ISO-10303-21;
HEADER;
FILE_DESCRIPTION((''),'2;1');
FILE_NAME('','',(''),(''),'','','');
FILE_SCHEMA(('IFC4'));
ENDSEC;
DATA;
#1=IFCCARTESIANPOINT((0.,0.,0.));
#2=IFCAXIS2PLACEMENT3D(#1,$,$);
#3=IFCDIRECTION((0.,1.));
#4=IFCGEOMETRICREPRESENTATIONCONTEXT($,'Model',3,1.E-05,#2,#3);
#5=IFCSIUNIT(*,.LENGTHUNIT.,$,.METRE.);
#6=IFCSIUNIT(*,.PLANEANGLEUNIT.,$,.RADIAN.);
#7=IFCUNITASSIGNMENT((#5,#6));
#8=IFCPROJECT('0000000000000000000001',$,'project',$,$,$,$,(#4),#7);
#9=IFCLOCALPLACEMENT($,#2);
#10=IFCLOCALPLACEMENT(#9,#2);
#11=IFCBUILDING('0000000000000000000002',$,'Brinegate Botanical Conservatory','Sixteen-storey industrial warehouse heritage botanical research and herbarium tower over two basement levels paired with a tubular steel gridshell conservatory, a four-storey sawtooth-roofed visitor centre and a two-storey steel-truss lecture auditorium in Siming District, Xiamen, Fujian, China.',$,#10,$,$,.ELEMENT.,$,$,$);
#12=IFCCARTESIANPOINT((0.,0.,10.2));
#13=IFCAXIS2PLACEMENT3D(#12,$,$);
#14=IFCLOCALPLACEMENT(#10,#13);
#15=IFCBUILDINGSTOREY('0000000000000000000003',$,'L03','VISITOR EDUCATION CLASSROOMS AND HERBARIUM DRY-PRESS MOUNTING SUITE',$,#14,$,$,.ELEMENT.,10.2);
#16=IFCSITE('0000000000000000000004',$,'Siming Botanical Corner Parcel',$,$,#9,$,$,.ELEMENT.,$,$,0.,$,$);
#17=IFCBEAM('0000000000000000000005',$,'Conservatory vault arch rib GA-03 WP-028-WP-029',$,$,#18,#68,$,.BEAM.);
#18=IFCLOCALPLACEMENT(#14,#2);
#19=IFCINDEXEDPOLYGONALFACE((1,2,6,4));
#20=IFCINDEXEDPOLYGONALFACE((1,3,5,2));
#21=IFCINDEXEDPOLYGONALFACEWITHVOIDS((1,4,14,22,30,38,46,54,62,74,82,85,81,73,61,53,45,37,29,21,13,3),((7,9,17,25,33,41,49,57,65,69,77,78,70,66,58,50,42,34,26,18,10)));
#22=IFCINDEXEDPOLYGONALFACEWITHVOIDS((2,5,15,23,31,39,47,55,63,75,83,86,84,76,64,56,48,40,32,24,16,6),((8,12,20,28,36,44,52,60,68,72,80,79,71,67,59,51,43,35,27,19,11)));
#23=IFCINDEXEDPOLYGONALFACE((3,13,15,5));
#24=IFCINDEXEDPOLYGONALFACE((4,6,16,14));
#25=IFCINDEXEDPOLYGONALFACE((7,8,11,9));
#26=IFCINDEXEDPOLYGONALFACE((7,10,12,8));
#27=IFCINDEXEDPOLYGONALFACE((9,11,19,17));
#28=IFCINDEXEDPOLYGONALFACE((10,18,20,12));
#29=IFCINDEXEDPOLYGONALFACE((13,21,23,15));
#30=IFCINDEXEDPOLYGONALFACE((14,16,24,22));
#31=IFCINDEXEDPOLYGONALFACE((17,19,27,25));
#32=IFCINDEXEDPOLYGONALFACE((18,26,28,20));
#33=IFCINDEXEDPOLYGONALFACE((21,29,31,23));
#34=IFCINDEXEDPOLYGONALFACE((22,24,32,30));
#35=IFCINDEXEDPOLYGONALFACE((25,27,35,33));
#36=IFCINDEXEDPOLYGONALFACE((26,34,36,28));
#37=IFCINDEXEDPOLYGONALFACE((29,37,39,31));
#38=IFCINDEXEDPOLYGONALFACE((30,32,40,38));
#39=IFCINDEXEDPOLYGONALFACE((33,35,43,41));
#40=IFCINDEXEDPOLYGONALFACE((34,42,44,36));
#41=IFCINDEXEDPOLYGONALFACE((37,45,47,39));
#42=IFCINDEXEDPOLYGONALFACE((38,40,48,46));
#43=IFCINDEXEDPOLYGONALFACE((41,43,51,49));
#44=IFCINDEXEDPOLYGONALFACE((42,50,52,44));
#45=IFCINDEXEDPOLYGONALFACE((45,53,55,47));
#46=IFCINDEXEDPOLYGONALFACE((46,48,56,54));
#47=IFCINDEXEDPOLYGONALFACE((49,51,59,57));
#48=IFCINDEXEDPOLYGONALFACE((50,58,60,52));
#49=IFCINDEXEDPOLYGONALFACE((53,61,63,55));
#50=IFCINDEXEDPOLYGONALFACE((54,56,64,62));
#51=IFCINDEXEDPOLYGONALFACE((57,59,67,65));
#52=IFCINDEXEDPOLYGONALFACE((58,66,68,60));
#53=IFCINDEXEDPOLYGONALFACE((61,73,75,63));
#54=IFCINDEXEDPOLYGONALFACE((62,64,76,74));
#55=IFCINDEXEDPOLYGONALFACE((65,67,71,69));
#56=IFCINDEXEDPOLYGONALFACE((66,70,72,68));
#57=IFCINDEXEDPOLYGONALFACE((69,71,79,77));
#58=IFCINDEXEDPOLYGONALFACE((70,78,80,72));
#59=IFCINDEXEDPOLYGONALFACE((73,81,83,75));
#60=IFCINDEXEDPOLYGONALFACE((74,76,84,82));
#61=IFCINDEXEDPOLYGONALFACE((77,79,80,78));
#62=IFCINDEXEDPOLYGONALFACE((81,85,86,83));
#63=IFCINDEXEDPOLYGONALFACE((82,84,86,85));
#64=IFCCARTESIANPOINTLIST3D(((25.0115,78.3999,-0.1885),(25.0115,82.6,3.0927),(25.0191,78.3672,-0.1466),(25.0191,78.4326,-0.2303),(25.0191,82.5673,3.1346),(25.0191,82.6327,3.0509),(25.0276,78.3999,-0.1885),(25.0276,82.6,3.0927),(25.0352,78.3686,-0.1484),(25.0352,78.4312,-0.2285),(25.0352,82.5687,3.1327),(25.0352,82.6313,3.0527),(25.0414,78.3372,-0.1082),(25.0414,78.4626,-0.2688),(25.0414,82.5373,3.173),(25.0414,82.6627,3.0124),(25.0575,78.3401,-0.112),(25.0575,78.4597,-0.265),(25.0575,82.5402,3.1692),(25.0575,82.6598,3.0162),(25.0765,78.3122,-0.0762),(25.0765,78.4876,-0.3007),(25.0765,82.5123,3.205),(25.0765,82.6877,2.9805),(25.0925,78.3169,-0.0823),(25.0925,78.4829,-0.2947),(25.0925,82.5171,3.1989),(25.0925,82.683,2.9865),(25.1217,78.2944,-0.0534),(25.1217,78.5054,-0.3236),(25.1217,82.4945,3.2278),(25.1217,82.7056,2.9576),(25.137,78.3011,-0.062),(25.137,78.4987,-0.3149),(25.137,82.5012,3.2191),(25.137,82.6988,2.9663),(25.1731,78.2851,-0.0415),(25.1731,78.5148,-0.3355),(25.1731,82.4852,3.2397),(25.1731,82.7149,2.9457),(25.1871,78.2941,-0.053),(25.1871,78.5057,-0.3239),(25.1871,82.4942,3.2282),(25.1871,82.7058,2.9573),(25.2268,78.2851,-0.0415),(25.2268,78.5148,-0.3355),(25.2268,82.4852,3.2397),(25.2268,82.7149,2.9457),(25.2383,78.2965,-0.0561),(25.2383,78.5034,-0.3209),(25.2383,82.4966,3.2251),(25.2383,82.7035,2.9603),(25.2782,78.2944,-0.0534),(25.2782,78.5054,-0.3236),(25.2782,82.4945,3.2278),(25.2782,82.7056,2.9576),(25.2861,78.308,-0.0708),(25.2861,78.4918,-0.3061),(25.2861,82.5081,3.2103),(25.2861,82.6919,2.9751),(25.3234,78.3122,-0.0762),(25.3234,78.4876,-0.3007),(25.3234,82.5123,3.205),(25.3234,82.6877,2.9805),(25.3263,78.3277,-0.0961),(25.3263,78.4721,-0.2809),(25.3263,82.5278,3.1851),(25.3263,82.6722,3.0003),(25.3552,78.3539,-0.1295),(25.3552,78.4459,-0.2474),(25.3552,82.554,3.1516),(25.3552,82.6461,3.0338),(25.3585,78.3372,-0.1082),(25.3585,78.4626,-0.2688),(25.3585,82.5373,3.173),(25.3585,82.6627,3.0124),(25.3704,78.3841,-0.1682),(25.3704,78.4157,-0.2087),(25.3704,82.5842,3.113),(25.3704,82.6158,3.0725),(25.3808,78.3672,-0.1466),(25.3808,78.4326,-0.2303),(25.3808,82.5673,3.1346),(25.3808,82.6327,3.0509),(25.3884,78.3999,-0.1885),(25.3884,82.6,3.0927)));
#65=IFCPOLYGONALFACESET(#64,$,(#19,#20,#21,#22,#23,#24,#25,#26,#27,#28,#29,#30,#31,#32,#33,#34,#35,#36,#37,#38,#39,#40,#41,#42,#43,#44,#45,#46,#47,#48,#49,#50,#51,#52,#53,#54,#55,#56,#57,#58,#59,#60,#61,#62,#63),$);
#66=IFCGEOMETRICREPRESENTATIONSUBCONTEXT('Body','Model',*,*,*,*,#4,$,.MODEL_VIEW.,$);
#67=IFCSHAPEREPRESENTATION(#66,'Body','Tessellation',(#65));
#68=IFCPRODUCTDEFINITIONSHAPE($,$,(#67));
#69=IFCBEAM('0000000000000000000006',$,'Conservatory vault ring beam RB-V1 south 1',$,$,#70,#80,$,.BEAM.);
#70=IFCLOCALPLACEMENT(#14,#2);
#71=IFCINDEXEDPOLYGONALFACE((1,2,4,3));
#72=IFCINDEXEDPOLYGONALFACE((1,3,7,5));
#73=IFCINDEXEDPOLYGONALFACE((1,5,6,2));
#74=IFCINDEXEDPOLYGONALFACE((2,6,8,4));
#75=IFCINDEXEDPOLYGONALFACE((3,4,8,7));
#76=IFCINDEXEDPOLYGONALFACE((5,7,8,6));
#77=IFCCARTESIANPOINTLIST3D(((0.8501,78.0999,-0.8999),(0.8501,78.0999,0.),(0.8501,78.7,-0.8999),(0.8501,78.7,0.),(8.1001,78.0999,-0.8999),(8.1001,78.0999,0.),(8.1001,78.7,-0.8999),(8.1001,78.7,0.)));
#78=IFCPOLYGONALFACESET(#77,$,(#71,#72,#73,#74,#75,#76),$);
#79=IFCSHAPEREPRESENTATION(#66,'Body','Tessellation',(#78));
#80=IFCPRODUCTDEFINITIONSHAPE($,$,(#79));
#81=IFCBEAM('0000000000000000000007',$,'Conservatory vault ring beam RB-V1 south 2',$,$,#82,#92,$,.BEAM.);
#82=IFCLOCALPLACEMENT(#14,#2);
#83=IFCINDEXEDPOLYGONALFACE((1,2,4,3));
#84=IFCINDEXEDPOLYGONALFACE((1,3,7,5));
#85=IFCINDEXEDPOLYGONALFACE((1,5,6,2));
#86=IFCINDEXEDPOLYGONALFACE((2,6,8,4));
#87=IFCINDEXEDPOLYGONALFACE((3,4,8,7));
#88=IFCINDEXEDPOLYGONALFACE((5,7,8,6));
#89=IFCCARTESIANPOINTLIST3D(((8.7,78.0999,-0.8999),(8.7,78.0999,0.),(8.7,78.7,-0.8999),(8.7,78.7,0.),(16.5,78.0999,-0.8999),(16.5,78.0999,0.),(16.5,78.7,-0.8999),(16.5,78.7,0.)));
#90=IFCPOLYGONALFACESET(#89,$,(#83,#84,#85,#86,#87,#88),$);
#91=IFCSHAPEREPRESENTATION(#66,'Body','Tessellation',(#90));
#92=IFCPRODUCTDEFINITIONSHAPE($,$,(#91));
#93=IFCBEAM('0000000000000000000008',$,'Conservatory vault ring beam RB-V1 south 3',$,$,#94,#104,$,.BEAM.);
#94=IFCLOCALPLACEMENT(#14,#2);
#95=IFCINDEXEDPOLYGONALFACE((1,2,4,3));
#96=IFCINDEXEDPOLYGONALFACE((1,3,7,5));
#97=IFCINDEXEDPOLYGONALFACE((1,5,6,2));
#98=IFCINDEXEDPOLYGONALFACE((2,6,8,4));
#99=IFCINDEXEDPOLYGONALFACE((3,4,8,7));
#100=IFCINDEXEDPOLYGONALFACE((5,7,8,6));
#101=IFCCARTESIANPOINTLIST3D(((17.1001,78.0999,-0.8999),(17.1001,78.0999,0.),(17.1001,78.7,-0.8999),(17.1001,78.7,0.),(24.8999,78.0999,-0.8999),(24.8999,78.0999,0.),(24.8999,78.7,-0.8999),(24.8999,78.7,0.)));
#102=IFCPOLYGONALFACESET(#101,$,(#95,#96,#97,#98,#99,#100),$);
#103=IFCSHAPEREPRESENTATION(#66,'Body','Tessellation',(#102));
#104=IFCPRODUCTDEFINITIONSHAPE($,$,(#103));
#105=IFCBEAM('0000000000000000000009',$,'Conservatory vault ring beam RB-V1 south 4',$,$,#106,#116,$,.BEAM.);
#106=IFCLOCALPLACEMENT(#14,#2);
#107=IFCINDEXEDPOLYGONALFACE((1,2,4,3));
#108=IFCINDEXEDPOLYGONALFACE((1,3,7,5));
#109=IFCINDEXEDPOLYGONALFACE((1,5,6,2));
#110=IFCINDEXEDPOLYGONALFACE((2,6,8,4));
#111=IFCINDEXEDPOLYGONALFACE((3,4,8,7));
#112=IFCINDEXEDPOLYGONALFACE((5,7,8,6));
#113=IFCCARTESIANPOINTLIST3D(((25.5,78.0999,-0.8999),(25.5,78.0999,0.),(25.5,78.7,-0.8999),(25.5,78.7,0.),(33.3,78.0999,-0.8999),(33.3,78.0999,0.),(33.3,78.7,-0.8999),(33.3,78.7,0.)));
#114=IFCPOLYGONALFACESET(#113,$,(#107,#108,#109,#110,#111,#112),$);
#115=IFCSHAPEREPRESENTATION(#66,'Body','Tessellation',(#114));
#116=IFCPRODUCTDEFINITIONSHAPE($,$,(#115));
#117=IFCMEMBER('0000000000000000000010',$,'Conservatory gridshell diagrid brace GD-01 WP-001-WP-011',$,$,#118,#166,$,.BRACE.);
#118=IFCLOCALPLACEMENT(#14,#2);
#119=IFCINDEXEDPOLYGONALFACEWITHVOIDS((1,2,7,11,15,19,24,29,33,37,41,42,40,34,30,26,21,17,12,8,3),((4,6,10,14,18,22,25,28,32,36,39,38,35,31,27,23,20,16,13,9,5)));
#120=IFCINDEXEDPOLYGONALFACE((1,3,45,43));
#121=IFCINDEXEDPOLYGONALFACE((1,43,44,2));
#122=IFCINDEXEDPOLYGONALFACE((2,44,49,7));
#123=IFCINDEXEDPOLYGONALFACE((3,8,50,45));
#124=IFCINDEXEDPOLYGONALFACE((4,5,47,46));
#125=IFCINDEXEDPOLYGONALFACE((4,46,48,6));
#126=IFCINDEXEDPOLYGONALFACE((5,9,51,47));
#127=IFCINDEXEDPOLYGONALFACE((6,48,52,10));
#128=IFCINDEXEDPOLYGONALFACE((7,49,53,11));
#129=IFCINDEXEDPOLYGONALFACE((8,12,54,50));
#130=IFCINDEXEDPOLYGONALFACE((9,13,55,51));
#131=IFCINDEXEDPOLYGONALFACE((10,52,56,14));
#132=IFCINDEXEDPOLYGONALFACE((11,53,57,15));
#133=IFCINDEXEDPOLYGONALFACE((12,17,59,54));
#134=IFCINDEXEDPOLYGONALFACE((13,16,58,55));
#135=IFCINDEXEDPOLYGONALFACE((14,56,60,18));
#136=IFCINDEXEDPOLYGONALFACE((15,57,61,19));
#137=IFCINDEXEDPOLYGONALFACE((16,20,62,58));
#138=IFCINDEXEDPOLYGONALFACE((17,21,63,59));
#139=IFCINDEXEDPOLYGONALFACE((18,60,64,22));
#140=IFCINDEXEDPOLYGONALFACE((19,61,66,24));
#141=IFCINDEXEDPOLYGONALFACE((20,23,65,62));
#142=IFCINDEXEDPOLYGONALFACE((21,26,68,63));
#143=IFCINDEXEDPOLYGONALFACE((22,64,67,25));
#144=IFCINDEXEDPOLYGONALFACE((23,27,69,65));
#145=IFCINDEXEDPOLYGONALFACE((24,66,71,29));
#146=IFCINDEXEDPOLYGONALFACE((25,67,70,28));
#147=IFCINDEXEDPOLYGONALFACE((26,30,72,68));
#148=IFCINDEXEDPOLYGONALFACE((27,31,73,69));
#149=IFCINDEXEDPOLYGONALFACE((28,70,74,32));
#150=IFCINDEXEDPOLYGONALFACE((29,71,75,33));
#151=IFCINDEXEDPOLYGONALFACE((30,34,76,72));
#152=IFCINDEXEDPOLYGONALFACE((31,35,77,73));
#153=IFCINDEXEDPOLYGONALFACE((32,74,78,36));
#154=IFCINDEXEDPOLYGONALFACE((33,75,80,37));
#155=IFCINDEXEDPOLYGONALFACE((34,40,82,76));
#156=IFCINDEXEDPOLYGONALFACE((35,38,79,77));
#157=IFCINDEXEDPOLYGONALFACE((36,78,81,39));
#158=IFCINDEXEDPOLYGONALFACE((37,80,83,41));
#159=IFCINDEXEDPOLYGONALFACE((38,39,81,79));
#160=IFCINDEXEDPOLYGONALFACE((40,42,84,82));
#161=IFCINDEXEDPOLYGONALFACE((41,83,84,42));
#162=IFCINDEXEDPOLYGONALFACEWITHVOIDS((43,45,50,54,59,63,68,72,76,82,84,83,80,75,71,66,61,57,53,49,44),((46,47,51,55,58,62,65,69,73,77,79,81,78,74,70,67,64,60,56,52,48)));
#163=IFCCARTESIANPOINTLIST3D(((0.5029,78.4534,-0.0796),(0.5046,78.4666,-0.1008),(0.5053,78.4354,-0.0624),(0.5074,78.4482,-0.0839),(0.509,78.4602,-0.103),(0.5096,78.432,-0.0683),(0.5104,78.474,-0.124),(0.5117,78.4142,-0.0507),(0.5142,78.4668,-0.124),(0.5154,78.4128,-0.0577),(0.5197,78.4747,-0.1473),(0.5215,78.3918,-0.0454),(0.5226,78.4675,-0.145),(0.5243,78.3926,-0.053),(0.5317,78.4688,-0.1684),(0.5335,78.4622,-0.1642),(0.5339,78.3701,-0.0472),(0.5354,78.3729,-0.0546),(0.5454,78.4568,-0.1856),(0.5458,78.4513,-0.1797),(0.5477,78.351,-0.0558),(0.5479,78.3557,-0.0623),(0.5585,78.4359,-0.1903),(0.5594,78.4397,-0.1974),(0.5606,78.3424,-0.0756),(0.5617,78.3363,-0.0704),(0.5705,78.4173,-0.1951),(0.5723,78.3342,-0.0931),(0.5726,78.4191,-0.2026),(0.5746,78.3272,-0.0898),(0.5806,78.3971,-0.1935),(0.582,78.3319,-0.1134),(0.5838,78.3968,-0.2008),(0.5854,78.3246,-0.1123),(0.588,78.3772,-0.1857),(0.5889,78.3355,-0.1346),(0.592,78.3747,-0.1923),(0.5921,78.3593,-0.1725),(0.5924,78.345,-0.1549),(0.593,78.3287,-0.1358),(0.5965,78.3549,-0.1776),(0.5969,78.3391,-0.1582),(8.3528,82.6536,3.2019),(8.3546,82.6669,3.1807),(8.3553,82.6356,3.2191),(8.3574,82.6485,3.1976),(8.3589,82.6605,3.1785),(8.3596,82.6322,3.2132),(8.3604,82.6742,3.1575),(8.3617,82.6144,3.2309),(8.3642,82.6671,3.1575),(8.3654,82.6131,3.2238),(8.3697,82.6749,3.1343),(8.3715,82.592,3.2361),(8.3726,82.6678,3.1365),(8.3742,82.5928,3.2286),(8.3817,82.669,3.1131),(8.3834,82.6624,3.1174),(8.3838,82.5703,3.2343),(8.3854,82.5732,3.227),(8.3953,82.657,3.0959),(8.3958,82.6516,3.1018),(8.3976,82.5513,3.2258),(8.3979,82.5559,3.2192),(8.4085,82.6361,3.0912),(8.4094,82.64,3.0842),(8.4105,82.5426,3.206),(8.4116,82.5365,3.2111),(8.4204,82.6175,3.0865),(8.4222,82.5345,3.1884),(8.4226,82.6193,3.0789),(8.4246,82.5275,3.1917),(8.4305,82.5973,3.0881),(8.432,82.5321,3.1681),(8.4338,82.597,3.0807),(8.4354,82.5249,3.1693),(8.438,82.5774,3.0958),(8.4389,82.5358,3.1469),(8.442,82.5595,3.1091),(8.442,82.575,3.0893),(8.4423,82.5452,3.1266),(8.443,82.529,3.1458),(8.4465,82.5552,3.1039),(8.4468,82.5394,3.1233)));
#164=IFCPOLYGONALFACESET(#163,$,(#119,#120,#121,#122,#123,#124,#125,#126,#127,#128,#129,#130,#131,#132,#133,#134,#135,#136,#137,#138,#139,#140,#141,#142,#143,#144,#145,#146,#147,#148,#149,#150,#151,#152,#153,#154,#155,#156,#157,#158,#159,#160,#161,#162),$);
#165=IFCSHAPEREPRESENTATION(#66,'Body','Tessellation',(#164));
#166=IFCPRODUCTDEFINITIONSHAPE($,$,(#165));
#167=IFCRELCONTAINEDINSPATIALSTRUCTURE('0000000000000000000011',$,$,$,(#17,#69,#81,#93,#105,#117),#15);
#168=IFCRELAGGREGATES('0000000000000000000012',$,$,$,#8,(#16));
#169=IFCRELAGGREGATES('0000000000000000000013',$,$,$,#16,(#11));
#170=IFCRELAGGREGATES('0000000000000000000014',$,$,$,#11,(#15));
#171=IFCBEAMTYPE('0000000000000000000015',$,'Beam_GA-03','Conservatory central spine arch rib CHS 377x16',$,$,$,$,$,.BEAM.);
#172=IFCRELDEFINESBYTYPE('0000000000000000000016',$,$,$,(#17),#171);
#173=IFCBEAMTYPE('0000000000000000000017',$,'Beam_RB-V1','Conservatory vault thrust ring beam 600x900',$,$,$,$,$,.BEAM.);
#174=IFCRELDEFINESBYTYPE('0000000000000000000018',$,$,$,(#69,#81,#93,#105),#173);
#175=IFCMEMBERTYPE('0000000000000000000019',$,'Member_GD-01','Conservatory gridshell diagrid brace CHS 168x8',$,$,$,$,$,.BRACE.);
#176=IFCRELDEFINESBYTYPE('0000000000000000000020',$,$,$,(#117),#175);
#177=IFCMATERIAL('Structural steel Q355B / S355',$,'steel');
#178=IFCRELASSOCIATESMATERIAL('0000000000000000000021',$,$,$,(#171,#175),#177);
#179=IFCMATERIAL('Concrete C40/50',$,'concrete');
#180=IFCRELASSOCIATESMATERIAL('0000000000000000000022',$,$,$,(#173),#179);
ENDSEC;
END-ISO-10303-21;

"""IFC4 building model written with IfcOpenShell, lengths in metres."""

from ifc_helpers import new_model, si_unit, direction, frame, origin, origin_2d, place, context, subcontext, project, spatial, rectangle, hollow_circle, extrude, material, material_profile, profile_set, type_object, element, save


model = new_model("IFC4")

# Units and contexts
model_context = context("Model", 3, precision=1e-05, world=origin(), true_north=direction((0.0, 1.0)))
body_context = subcontext(model_context, "Body", "Model", "MODEL_VIEW")
ifc_project = project(units=[si_unit("LENGTHUNIT", "METRE"), si_unit("PLANEANGLEUNIT", "RADIAN")], contexts=[model_context])

# Site, building, storey
site_placement = place(None, origin())
site = spatial("IfcSite", under=ifc_project, at=site_placement, Name="Siming Botanical Corner Parcel", CompositionType="ELEMENT", RefElevation=0.0)
building_placement = place(site_placement, origin())
building = spatial("IfcBuilding", under=site, at=building_placement, Name="Brinegate Botanical Conservatory", Description="Sixteen-storey industrial warehouse heritage botanical research and herbarium tower over two basement levels paired with a tubular steel gridshell conservatory, a four-storey sawtooth-roofed visitor centre and a two-storey steel-truss lecture auditorium in Siming District, Xiamen, Fujian, China.", CompositionType="ELEMENT")
storey_placement = place(building_placement, frame((0.0, 0.0, 10.2)))
storey = spatial("IfcBuildingStorey", under=building, at=storey_placement, Name="L03", Description="VISITOR EDUCATION CLASSROOMS AND HERBARIUM DRY-PRESS MOUNTING SUITE", CompositionType="ELEMENT", Elevation=10.2)

# Beams
ifc_material_1 = material(Name="Structural steel Q355B / S355", Category="steel")
ifc_material_profile_1 = material_profile(ifc_material_1, hollow_circle(Radius=0.1885, WallThickness=0.0161, at=origin_2d()), Name="CHS 377x16")
ifc_profile_set_1 = profile_set([ifc_material_profile_1], Name="Structural steel Q355B / S355")
beam_type_1 = type_object("IfcBeamType", Name="Beam_GA-03", Description="Conservatory central spine arch rib CHS 377x16", PredefinedType="BEAM", material=ifc_profile_set_1)
for number, where, z_axis, x_axis, name in (
    (1, (25.2, 78.3999, -0.1885), (0.0, 0.788038, 0.615626), (-1.0, 0.0, 0.0), "Conservatory vault arch rib GA-03 WP-028-WP-029"),
):
    element("IfcBeam", number, at=place(storey_placement, frame(where, z_axis=z_axis, x_axis=x_axis)), inside=storey, type_object=beam_type_1, Name=name, PredefinedType="BEAM", context=body_context, shape_type="SweptSolid", body=[
        extrude(hollow_circle(Radius=0.1885, WallThickness=0.0161, at=origin_2d()), origin(), (0.0, 0.0, 1.0), 5.3298),
    ])
ifc_material_2 = material(Name="Concrete C40/50", Category="concrete")
ifc_material_profile_2 = material_profile(ifc_material_2, rectangle(XDim=0.6001, YDim=0.8999, at=origin_2d()), Name="RC RB 600x900")
ifc_profile_set_2 = profile_set([ifc_material_profile_2], Name="Concrete C40/50")
beam_type_2 = type_object("IfcBeamType", Name="Beam_RB-V1", Description="Conservatory vault thrust ring beam 600x900", PredefinedType="BEAM", material=ifc_profile_set_2)
beam_1_placement = place(storey_placement, frame((0.8501, 78.3999, -0.45), z_axis=(1.0, 0.0, 0.0), x_axis=(0.0, 1.0, 0.0)))
element("IfcBeam", 2, at=beam_1_placement, inside=storey, type_object=beam_type_2, Name="Conservatory vault ring beam RB-V1 south 1", PredefinedType="BEAM", context=body_context, shape_type="SweptSolid", body=[
    extrude(rectangle(XDim=0.6001, YDim=0.8999, at=origin_2d()), origin(), (0.0, 0.0, 1.0), 7.25),
])
beam_2_placement = place(storey_placement, frame((8.7, 78.3999, -0.45), z_axis=(1.0, 0.0, 0.0), x_axis=(0.0, 1.0, 0.0)))
element("IfcBeam", 3, at=beam_2_placement, inside=storey, type_object=beam_type_2, Name="Conservatory vault ring beam RB-V1 south 2", PredefinedType="BEAM", context=body_context, shape_type="SweptSolid", body=[
    extrude(rectangle(XDim=0.6001, YDim=0.8999, at=origin_2d()), origin(), (0.0, 0.0, 1.0), 7.8),
])
beam_3_placement = place(storey_placement, frame((17.1001, 78.3999, -0.45), z_axis=(1.0, 0.0, 0.0), x_axis=(0.0, 1.0, 0.0)))
element("IfcBeam", 4, at=beam_3_placement, inside=storey, type_object=beam_type_2, Name="Conservatory vault ring beam RB-V1 south 3", PredefinedType="BEAM", context=body_context, shape_type="SweptSolid", body=[
    extrude(rectangle(XDim=0.6001, YDim=0.8999, at=origin_2d()), origin(), (0.0, 0.0, 1.0), 7.7998),
])
beam_4_placement = place(storey_placement, frame((25.5, 78.3999, -0.45), z_axis=(1.0, 0.0, 0.0), x_axis=(0.0, 1.0, 0.0)))
element("IfcBeam", 5, at=beam_4_placement, inside=storey, type_object=beam_type_2, Name="Conservatory vault ring beam RB-V1 south 4", PredefinedType="BEAM", context=body_context, shape_type="SweptSolid", body=[
    extrude(rectangle(XDim=0.6001, YDim=0.8999, at=origin_2d()), origin(), (0.0, 0.0, 1.0), 7.8),
])

# Member
ifc_material_profile_3 = material_profile(ifc_material_1, hollow_circle(Radius=0.084, WallThickness=0.0081, at=origin_2d()), Name="CHS 168x8")
ifc_profile_set_3 = profile_set([ifc_material_profile_3], Name="Structural steel Q355B / S355")
member_type = type_object("IfcMemberType", Name="Member_GD-01", Description="Conservatory gridshell diagrid brace CHS 168x8", PredefinedType="BRACE", material=ifc_profile_set_3)
member_1_placement = place(storey_placement, frame((0.55, 78.3999, -0.124), z_axis=(0.827309, 0.442666, 0.345842), x_axis=(-0.471778, 0.881718, 0.0)))
element("IfcMember", 6, at=member_1_placement, inside=storey, type_object=member_type, Name="Conservatory gridshell diagrid brace GD-01 WP-001-WP-011", PredefinedType="BRACE", context=body_context, shape_type="SweptSolid", body=[
    extrude(hollow_circle(Radius=0.084, WallThickness=0.0081, at=origin_2d()), origin(), (0.0, 0.0, 1.0), 9.4885),
])

save(model, "model.ifc")
